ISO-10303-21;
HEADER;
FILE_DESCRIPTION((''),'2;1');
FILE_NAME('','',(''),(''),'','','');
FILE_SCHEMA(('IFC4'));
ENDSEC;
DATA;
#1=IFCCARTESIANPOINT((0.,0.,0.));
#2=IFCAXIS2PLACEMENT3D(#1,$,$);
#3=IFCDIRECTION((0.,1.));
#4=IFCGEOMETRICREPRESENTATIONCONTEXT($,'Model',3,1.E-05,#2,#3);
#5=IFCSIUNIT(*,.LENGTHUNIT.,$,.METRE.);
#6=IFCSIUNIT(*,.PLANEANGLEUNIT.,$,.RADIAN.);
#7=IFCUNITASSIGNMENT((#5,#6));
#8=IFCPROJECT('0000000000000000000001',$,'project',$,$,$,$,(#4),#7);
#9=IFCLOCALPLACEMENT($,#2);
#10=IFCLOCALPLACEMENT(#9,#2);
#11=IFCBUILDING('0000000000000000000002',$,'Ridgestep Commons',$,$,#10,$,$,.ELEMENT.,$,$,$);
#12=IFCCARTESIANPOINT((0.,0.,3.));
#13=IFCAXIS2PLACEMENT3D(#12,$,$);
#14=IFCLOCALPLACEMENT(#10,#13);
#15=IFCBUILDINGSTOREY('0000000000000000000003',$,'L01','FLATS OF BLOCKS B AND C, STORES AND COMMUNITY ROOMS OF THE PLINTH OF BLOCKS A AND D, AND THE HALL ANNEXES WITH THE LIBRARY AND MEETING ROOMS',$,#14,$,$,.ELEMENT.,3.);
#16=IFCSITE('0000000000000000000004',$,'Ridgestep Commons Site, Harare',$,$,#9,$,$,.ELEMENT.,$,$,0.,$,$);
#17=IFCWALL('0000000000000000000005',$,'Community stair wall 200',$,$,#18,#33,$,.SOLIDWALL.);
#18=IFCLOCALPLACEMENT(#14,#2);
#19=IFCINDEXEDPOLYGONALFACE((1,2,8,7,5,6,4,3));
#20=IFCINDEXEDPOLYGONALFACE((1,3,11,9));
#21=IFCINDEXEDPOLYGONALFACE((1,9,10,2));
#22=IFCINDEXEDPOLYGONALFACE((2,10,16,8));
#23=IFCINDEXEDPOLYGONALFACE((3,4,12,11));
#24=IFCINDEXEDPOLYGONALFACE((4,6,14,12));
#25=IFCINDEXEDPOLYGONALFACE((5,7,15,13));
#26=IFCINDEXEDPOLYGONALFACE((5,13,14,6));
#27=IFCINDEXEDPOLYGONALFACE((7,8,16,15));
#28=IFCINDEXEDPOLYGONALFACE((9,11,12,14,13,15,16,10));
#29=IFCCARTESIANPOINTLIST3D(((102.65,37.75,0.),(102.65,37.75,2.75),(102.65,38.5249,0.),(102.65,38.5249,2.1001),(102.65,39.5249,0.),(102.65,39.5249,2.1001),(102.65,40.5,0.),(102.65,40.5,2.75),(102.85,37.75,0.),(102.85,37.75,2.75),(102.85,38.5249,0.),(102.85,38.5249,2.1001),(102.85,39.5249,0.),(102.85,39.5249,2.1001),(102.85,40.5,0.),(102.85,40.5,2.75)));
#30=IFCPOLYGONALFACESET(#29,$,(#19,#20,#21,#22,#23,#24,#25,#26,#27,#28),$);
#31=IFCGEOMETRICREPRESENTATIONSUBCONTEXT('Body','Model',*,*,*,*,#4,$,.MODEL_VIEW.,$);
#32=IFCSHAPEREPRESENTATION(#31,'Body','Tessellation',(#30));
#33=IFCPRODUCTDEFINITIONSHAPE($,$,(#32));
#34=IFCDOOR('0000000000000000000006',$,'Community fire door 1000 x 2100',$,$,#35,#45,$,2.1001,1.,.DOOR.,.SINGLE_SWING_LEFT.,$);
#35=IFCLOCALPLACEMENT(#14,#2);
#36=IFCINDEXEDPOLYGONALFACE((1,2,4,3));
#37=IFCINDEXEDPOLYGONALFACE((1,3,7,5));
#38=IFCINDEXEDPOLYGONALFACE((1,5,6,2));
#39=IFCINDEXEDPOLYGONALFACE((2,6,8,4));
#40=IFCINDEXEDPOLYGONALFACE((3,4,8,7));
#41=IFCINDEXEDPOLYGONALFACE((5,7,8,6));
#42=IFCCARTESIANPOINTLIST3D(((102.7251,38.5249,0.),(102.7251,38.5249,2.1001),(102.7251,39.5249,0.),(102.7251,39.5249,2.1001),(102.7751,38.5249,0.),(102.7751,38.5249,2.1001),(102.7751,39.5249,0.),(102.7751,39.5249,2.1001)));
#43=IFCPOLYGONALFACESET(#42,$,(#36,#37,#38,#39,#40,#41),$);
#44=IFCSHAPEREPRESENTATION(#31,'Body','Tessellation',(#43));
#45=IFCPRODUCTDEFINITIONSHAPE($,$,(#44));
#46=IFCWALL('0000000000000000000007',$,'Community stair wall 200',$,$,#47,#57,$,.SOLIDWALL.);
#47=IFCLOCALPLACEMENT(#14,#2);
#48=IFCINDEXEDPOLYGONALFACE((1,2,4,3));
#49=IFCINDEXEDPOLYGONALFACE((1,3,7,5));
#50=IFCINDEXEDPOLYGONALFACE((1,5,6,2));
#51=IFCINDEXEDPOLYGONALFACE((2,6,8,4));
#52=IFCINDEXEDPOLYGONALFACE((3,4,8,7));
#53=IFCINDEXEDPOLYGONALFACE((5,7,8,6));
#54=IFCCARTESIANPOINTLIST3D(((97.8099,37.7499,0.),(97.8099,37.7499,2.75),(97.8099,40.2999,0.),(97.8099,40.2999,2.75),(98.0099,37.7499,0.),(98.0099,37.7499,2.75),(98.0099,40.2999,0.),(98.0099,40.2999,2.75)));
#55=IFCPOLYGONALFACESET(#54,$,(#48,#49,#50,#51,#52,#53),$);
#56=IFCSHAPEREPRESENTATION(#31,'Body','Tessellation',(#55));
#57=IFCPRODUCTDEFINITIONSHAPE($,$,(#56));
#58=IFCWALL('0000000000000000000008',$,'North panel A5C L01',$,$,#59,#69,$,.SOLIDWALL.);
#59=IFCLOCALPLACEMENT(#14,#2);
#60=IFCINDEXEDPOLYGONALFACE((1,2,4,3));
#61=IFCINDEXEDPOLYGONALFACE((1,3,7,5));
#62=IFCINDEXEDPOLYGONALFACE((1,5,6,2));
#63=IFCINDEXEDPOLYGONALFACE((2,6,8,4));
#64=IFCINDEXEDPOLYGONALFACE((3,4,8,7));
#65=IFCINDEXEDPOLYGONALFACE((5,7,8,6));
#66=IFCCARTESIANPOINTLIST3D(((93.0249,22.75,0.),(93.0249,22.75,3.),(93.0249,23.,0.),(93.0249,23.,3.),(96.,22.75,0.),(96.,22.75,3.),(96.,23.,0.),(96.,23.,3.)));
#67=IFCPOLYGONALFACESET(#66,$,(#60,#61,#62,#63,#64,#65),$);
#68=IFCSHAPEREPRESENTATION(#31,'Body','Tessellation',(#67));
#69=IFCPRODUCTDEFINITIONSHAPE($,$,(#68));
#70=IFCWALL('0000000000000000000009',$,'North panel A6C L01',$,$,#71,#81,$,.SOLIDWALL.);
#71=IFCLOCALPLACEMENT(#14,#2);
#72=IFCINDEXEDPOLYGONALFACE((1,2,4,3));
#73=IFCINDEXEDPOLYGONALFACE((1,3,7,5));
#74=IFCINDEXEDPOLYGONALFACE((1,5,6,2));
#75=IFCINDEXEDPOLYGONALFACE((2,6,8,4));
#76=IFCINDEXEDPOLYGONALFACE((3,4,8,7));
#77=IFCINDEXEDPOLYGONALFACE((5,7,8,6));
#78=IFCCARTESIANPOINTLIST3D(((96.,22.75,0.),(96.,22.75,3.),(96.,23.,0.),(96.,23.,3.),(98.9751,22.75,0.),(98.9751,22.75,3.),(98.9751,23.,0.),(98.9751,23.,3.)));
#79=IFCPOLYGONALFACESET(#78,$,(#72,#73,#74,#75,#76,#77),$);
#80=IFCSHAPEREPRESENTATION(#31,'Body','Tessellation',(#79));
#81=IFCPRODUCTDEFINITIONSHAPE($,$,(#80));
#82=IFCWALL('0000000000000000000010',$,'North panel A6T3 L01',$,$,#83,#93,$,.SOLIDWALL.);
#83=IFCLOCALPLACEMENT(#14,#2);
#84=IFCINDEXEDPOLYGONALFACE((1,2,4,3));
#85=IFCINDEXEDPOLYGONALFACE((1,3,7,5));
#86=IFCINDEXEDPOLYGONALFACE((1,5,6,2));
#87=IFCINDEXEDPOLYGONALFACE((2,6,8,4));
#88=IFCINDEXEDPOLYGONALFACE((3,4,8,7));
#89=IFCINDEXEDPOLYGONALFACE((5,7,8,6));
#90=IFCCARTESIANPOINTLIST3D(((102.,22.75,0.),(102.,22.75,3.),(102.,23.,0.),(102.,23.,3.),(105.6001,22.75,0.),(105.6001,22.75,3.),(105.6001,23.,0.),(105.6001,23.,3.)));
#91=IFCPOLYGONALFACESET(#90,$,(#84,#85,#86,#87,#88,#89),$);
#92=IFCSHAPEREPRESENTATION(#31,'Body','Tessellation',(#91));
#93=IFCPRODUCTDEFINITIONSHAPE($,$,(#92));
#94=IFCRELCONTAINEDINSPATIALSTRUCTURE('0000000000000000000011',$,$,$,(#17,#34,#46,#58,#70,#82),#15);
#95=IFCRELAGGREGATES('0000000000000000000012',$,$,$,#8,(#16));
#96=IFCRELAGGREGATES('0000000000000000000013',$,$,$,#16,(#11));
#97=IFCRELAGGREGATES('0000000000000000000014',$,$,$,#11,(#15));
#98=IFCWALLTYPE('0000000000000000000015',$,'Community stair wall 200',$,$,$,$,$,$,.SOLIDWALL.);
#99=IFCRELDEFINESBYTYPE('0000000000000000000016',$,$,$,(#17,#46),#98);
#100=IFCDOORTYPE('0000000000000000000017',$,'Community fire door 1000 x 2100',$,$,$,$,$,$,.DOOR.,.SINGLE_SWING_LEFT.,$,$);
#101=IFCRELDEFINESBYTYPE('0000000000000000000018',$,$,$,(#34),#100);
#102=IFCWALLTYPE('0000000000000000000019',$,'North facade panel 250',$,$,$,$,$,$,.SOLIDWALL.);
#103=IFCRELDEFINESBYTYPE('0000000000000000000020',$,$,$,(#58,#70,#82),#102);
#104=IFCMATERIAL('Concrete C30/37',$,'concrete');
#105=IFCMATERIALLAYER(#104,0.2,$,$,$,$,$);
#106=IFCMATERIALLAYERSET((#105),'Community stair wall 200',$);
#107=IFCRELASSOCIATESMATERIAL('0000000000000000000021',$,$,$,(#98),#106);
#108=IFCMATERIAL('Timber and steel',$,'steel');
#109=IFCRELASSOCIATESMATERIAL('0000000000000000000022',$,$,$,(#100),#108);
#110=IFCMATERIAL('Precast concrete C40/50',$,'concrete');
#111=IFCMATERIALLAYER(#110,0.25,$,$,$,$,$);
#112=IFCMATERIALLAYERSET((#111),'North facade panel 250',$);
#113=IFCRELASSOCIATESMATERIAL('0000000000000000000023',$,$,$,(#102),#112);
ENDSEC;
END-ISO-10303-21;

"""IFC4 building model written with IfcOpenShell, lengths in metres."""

from ifc_helpers import new_model, si_unit, direction, frame, frame_2d, origin, place, context, subcontext, project, spatial, rectangle, extrude, material, layer, layer_set, type_object, element, fill, save


model = new_model("IFC4")

# Units and contexts
model_context = context("Model", 3, precision=1e-05, world=origin(), true_north=direction((0.0, 1.0)))
body_context = subcontext(model_context, "Body", "Model", "MODEL_VIEW")
ifc_project = project(units=[si_unit("LENGTHUNIT", "METRE"), si_unit("PLANEANGLEUNIT", "RADIAN")], contexts=[model_context])

# Site, building, storey
site_placement = place(None, origin())
site = spatial("IfcSite", under=ifc_project, at=site_placement, Name="Ridgestep Commons Site, Harare", CompositionType="ELEMENT", RefElevation=0.0)
building_placement = place(site_placement, origin())
building = spatial("IfcBuilding", under=site, at=building_placement, Name="Ridgestep Commons", CompositionType="ELEMENT")
storey_placement = place(building_placement, frame((0.0, 0.0, 3.0)))
storey = spatial("IfcBuildingStorey", under=building, at=storey_placement, Name="L01", Description="FLATS OF BLOCKS B AND C, STORES AND COMMUNITY ROOMS OF THE PLINTH OF BLOCKS A AND D, AND THE HALL ANNEXES WITH THE LIBRARY AND MEETING ROOMS", CompositionType="ELEMENT", Elevation=3.0)

# Wall, opening, door
ifc_material_1 = material(Name="Concrete C30/37", Category="concrete")
ifc_layer_1 = layer(ifc_material_1, 0.2)
ifc_layer_set_1 = layer_set([ifc_layer_1], Name="Community stair wall 200")
wall_type_1 = type_object("IfcWallType", Name="Community stair wall 200", PredefinedType="SOLIDWALL", material=ifc_layer_set_1)
wall_1_placement = place(storey_placement, frame((102.75, 37.75, 0.0), z_axis=(0.0, 0.0, 1.0), x_axis=(0.0, 1.0, 0.0)))
wall_1 = element("IfcWall", 1, at=wall_1_placement, inside=storey, type_object=wall_type_1, Name="Community stair wall 200", PredefinedType="SOLIDWALL", context=body_context, shape_type="SweptSolid", body=[
    extrude(rectangle(XDim=2.75, YDim=0.2, at=frame_2d((1.375, 0.0))), origin(), (0.0, 0.0, 1.0), 2.75),
])
opening_1_placement = place(wall_1_placement, frame((0.7749, 0.0, 0.0)))
opening_1 = element("IfcOpeningElement", 2, at=opening_1_placement, cuts=wall_1, PredefinedType="OPENING", context=body_context, shape_type="SweptSolid", body=[
    extrude(rectangle(XDim=1.0, YDim=2.1001, at=frame_2d((0.5, 1.05))), frame((0.0, 0.1099, 0.0), z_axis=(0.0, -1.0, 0.0), x_axis=(1.0, 0.0, 0.0)), (0.0, 0.0, 1.0), 0.22),
])
ifc_material_2 = material(Name="Timber and steel", Category="steel")
door_type = type_object("IfcDoorType", Name="Community fire door 1000 x 2100", OperationType="SINGLE_SWING_LEFT", PredefinedType="DOOR", material=ifc_material_2)
door_placement = place(opening_1_placement, origin())
door = element("IfcDoor", 3, at=door_placement, inside=storey, type_object=door_type, Name="Community fire door 1000 x 2100", OperationType="SINGLE_SWING_LEFT", OverallHeight=2.1001, OverallWidth=1.0, PredefinedType="DOOR", context=body_context, shape_type="SweptSolid", body=[
    extrude(rectangle(XDim=1.0, YDim=2.1001, at=frame_2d((0.5, 1.05))), frame((0.0, 0.0249, 0.0), z_axis=(0.0, -1.0, 0.0), x_axis=(1.0, 0.0, 0.0)), (0.0, 0.0, 1.0), 0.05),
])
fill(opening_1, door)

# Walls
wall_2_placement = place(storey_placement, frame((97.9099, 37.75, 0.0), z_axis=(0.0, 0.0, 1.0), x_axis=(0.0, 1.0, 0.0)))
element("IfcWall", 4, at=wall_2_placement, inside=storey, type_object=wall_type_1, Name="Community stair wall 200", PredefinedType="SOLIDWALL", context=body_context, shape_type="SweptSolid", body=[
    extrude(rectangle(XDim=2.55, YDim=0.2, at=frame_2d((1.2749, 0.0))), origin(), (0.0, 0.0, 1.0), 2.75),
])
ifc_material_3 = material(Name="Precast concrete C40/50", Category="concrete")
ifc_layer_2 = layer(ifc_material_3, 0.25)
ifc_layer_set_2 = layer_set([ifc_layer_2], Name="North facade panel 250")
wall_type_2 = type_object("IfcWallType", Name="North facade panel 250", PredefinedType="SOLIDWALL", material=ifc_layer_set_2)
for number, where, z_axis, x_axis, name in (
    (5, (93.0249, 22.875, 0.0), (0.0, 0.0, 1.0), (1.0, 0.0, 0.0), "North panel A5C L01"),
    (6, (96.0, 22.875, 0.0), (0.0, 0.0, 1.0), (1.0, 0.0, 0.0), "North panel A6C L01"),
):
    element("IfcWall", number, at=place(storey_placement, frame(where, z_axis=z_axis, x_axis=x_axis)), inside=storey, type_object=wall_type_2, Name=name, PredefinedType="SOLIDWALL", context=body_context, shape_type="SweptSolid", body=[
        extrude(rectangle(XDim=2.9751, YDim=0.25, at=frame_2d((1.4875, 0.0))), origin(), (0.0, 0.0, 1.0), 3.0),
    ])
wall_3_placement = place(storey_placement, frame((102.0, 22.875, 0.0), z_axis=(0.0, 0.0, 1.0), x_axis=(1.0, 0.0, 0.0)))
element("IfcWall", 7, at=wall_3_placement, inside=storey, type_object=wall_type_2, Name="North panel A6T3 L01", PredefinedType="SOLIDWALL", context=body_context, shape_type="SweptSolid", body=[
    extrude(rectangle(XDim=3.6001, YDim=0.25, at=frame_2d((1.8, 0.0))), origin(), (0.0, 0.0, 1.0), 3.0),
])

save(model, "model.ifc")
